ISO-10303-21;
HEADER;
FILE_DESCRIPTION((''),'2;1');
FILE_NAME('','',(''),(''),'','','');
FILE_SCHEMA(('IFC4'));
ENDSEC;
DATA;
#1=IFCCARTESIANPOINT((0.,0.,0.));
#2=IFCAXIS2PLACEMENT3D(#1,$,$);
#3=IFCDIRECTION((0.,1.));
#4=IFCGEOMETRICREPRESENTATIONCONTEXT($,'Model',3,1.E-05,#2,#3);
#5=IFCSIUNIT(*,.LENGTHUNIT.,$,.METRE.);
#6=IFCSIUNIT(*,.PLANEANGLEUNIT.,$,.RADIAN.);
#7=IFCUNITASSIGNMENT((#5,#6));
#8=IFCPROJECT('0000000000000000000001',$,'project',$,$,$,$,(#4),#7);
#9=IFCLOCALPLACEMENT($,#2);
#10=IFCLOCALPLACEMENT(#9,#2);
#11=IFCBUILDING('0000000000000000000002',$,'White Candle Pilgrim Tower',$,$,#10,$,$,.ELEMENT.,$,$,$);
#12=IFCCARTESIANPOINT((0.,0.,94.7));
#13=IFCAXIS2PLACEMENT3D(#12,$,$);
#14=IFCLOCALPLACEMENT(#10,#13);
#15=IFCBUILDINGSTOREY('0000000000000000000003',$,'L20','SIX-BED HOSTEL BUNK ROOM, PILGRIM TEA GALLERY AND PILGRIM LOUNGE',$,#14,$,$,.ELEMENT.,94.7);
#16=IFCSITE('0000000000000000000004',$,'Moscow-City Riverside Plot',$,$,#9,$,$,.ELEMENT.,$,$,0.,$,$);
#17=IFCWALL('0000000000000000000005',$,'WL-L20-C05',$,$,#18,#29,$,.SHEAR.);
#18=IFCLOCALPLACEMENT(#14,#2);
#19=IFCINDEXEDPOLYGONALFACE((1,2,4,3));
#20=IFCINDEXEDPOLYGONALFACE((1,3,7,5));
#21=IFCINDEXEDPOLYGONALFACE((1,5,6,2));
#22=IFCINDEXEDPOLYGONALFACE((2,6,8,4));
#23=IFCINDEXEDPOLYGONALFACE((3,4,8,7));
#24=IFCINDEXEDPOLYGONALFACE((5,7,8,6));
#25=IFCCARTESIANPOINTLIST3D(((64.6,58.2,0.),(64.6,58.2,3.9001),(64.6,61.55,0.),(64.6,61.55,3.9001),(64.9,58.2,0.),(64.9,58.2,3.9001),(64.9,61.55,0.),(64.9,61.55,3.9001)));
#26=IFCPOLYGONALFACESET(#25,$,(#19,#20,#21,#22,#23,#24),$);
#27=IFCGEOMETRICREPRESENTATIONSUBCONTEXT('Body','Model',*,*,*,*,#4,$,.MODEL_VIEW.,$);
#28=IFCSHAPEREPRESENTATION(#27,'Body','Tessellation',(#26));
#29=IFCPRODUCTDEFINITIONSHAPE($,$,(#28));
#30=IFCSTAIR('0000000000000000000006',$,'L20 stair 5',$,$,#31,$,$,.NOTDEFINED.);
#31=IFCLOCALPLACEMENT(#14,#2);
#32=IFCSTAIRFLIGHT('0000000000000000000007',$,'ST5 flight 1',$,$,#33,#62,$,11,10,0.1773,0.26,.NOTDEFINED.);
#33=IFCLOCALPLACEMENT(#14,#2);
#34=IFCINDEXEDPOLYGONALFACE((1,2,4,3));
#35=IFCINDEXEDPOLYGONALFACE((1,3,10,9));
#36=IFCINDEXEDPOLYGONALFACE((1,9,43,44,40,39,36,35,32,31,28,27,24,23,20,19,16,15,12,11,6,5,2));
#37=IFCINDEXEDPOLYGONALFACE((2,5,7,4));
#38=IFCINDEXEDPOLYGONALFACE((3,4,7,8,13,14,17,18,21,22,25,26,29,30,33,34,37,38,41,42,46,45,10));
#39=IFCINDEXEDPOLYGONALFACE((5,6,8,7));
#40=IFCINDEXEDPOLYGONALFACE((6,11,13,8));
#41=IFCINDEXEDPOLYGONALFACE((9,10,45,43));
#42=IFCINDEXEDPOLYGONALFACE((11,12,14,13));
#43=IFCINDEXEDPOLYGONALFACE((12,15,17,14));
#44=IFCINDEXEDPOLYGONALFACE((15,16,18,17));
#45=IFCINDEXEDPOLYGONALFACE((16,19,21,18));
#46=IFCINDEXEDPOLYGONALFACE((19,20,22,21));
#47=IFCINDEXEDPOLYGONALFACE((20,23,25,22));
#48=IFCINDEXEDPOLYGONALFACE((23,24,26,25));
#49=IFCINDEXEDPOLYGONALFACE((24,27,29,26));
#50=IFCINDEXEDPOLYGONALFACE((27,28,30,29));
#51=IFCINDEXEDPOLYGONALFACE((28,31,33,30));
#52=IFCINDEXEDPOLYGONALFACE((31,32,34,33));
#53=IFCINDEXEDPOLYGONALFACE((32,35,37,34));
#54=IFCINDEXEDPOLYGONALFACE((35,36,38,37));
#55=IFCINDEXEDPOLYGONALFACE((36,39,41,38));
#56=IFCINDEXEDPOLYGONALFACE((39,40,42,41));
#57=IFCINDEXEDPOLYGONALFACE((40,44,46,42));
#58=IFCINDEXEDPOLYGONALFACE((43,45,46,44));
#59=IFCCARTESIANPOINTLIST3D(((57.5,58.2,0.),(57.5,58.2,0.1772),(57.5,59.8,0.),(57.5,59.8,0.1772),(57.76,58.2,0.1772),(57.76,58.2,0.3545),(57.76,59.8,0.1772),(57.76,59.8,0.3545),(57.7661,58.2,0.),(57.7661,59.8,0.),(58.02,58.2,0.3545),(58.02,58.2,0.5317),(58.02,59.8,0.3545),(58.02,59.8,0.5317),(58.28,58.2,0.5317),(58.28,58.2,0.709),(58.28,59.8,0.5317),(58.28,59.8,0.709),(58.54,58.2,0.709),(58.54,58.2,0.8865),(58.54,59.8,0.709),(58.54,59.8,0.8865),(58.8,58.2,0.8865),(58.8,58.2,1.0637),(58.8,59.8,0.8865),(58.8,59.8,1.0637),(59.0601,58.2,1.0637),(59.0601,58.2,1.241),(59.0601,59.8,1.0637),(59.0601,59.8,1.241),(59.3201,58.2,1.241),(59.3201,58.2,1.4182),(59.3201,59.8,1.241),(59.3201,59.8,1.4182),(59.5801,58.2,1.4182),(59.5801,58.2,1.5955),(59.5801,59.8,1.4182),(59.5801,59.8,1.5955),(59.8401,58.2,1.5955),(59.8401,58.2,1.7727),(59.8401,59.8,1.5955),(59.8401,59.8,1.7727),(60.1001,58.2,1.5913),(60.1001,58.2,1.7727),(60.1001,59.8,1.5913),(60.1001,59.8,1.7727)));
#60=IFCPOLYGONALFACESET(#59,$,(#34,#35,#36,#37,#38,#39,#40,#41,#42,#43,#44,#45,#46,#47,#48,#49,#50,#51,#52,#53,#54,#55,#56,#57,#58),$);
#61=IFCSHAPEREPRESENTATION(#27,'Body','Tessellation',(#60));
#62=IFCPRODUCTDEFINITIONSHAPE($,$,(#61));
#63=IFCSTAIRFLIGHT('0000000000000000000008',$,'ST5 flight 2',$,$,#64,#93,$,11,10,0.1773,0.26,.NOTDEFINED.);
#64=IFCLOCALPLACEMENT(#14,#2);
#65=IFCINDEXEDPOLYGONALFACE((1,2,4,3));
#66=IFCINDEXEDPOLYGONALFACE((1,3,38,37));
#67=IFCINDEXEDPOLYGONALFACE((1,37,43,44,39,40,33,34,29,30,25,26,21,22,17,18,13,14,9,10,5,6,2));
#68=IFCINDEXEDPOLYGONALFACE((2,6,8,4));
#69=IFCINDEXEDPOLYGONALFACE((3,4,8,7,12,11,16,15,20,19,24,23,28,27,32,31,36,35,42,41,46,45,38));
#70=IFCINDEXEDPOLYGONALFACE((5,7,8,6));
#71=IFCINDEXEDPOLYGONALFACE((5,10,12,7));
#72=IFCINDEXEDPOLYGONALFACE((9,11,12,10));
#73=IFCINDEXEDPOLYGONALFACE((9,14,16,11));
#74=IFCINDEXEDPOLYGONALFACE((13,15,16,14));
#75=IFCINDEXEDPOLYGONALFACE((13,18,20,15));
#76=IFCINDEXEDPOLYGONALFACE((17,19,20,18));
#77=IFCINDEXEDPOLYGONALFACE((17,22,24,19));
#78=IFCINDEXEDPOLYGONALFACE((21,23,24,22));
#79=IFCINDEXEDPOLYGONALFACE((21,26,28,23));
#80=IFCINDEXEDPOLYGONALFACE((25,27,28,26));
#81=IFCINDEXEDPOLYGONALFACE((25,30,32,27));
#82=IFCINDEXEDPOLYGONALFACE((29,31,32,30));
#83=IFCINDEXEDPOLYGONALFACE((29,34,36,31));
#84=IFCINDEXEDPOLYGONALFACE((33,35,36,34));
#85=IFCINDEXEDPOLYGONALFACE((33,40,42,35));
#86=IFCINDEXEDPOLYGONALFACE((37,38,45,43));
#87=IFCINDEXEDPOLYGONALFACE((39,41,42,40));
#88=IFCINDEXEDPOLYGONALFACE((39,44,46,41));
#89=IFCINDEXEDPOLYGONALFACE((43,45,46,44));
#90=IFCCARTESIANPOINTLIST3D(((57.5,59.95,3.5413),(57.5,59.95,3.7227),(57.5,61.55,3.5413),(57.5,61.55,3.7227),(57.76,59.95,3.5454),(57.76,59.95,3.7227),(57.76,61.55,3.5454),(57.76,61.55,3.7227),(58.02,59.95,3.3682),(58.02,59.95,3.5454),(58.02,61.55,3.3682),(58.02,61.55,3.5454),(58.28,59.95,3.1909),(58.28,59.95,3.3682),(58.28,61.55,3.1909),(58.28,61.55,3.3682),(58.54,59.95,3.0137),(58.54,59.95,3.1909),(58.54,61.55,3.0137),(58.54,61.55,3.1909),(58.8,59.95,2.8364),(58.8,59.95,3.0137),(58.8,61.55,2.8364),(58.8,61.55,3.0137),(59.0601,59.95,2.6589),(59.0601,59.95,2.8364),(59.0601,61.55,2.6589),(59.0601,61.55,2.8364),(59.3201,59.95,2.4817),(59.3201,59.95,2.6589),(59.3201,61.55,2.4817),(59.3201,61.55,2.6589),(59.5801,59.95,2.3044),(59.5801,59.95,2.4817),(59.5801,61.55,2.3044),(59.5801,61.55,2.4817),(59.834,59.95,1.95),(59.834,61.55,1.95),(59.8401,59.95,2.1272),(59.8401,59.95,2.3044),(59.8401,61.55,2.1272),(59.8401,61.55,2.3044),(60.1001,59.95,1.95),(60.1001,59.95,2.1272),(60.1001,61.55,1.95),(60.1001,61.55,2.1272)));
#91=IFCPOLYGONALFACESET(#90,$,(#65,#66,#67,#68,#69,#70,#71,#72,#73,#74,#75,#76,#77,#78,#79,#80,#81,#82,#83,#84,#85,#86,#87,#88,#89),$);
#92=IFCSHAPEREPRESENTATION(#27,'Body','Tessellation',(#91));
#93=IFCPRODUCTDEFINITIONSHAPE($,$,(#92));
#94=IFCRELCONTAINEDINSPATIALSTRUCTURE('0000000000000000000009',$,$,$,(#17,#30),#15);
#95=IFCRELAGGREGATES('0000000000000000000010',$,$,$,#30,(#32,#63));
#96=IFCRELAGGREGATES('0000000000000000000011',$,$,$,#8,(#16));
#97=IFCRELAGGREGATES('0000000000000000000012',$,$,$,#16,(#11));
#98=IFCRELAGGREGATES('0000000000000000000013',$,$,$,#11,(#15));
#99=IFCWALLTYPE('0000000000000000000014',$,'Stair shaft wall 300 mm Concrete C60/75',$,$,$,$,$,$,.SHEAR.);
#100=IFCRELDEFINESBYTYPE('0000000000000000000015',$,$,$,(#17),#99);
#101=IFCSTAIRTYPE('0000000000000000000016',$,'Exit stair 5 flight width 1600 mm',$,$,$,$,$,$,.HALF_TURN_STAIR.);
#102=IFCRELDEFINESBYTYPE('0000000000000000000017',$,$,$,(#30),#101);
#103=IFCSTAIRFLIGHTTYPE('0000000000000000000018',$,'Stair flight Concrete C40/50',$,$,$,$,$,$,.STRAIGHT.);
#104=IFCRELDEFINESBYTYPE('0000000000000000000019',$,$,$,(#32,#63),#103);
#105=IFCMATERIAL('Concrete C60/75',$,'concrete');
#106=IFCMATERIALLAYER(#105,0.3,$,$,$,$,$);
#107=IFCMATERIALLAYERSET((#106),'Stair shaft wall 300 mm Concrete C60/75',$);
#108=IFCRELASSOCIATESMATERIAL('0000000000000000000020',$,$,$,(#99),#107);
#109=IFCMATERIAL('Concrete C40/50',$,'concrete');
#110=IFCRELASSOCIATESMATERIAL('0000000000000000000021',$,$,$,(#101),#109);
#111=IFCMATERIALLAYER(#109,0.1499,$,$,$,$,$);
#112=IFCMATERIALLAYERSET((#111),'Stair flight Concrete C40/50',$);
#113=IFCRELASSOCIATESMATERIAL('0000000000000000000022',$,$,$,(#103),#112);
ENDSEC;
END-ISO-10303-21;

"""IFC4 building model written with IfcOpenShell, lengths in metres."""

from ifc_helpers import new_model, si_unit, direction, frame, frame_2d, origin, place, context, subcontext, project, spatial, polyline, rectangle, outline, extrude, material, layer, layer_set, type_object, element, aggregate, save


model = new_model("IFC4")

# Units and contexts
model_context = context("Model", 3, precision=1e-05, world=origin(), true_north=direction((0.0, 1.0)))
body_context = subcontext(model_context, "Body", "Model", "MODEL_VIEW")
ifc_project = project(units=[si_unit("LENGTHUNIT", "METRE"), si_unit("PLANEANGLEUNIT", "RADIAN")], contexts=[model_context])

# Site, building, storey
site_placement = place(None, origin())
site = spatial("IfcSite", under=ifc_project, at=site_placement, Name="Moscow-City Riverside Plot", CompositionType="ELEMENT", RefElevation=0.0)
building_placement = place(site_placement, origin())
building = spatial("IfcBuilding", under=site, at=building_placement, Name="White Candle Pilgrim Tower", CompositionType="ELEMENT")
storey_placement = place(building_placement, frame((0.0, 0.0, 94.7)))
storey = spatial("IfcBuildingStorey", under=building, at=storey_placement, Name="L20", Description="SIX-BED HOSTEL BUNK ROOM, PILGRIM TEA GALLERY AND PILGRIM LOUNGE", CompositionType="ELEMENT", Elevation=94.7)

# Shared definitions
ifc_material_1 = material(Name="Concrete C60/75", Category="concrete")

# Shared definitions
ifc_layer_1 = layer(ifc_material_1, 0.3)
ifc_layer_set_1 = layer_set([ifc_layer_1], Name="Stair shaft wall 300 mm Concrete C60/75")
wall_type_1 = type_object("IfcWallType", Name="Stair shaft wall 300 mm Concrete C60/75", PredefinedType="SHEAR", material=ifc_layer_set_1)

# Wall
wall_1_placement = place(storey_placement, frame((64.75, 58.2, 0.0), z_axis=(0.0, 0.0, 1.0), x_axis=(0.0, 1.0, 0.0)))
element("IfcWall", 1, at=wall_1_placement, inside=storey, type_object=wall_type_1, Name="WL-L20-C05", PredefinedType="SHEAR", context=body_context, shape_type="SweptSolid", body=[
    extrude(rectangle(XDim=3.3501, YDim=0.3, at=frame_2d((1.675, 0.0))), origin(), (0.0, 0.0, 1.0), 3.9001),
])

# Stair, stair flights
ifc_material_2 = material(Name="Concrete C40/50", Category="concrete")
stair_type = type_object("IfcStairType", Name="Exit stair 5 flight width 1600 mm", PredefinedType="HALF_TURN_STAIR", material=ifc_material_2)
stair_placement = place(storey_placement, origin())
stair = element("IfcStair", 2, at=stair_placement, inside=storey, type_object=stair_type, Name="L20 stair 5", PredefinedType="NOTDEFINED")
ifc_layer_2 = layer(ifc_material_2, 0.1499)
ifc_layer_set_2 = layer_set([ifc_layer_2], Name="Stair flight Concrete C40/50")
stair_flight_type = type_object("IfcStairFlightType", Name="Stair flight Concrete C40/50", PredefinedType="STRAIGHT", material=ifc_layer_set_2)
stair_flight_1_placement = place(storey_placement, frame((57.5, 59.0, 0.0), z_axis=(0.0, 0.0, 1.0), x_axis=(1.0, 0.0, 0.0)))
stair_flight_1 = element("IfcStairFlight", 3, at=stair_flight_1_placement, type_object=stair_flight_type, Name="ST5 flight 1", NumberOfRisers=11, NumberOfTreads=10, PredefinedType="NOTDEFINED", RiserHeight=0.1773, TreadLength=0.26, context=body_context, shape_type="SweptSolid", body=[
    extrude(outline(polyline([(0.0, 0.0), (0.0, 0.1772), (0.26, 0.1772), (0.26, 0.3545), (0.52, 0.3545), (0.52, 0.5317), (0.78, 0.5317), (0.78, 0.709), (1.04, 0.709), (1.04, 0.8865), (1.3, 0.8865), (1.3, 1.0637), (1.5601, 1.0637), (1.5601, 1.241), (1.8201, 1.241), (1.8201, 1.4182), (2.0801, 1.4182), (2.0801, 1.5955), (2.3401, 1.5955), (2.3401, 1.7727), (2.6001, 1.7727), (2.6001, 1.95), (2.6001, 1.5913), (0.2661, 0.0), (0.0, 0.0)])), frame((0.0, 0.8, 0.0), z_axis=(0.0, -1.0, 0.0), x_axis=(1.0, 0.0, 0.0)), (0.0, 0.0, 1.0), 1.6001),
])
stair_flight_2_placement = place(storey_placement, frame((60.1001, 60.75, 1.95), z_axis=(0.0, 0.0, 1.0), x_axis=(-1.0, 0.0, 0.0)))
stair_flight_2 = element("IfcStairFlight", 4, at=stair_flight_2_placement, type_object=stair_flight_type, Name="ST5 flight 2", NumberOfRisers=11, NumberOfTreads=10, PredefinedType="NOTDEFINED", RiserHeight=0.1773, TreadLength=0.26, context=body_context, shape_type="SweptSolid", body=[
    extrude(outline(polyline([(0.0, 0.0), (0.0, 0.1772), (0.26, 0.1772), (0.26, 0.3545), (0.52, 0.3545), (0.52, 0.5317), (0.78, 0.5317), (0.78, 0.709), (1.04, 0.709), (1.04, 0.8865), (1.3, 0.8865), (1.3, 1.0637), (1.5601, 1.0637), (1.5601, 1.241), (1.8201, 1.241), (1.8201, 1.4182), (2.0801, 1.4182), (2.0801, 1.5955), (2.3401, 1.5955), (2.3401, 1.7727), (2.6001, 1.7727), (2.6001, 1.95), (2.6001, 1.5913), (0.2661, 0.0), (0.0, 0.0)])), frame((0.0, 0.8, 0.0), z_axis=(0.0, -1.0, 0.0), x_axis=(1.0, 0.0, 0.0)), (0.0, 0.0, 1.0), 1.6001),
])
aggregate(stair, [stair_flight_1, stair_flight_2])

save(model, "model.ifc")
